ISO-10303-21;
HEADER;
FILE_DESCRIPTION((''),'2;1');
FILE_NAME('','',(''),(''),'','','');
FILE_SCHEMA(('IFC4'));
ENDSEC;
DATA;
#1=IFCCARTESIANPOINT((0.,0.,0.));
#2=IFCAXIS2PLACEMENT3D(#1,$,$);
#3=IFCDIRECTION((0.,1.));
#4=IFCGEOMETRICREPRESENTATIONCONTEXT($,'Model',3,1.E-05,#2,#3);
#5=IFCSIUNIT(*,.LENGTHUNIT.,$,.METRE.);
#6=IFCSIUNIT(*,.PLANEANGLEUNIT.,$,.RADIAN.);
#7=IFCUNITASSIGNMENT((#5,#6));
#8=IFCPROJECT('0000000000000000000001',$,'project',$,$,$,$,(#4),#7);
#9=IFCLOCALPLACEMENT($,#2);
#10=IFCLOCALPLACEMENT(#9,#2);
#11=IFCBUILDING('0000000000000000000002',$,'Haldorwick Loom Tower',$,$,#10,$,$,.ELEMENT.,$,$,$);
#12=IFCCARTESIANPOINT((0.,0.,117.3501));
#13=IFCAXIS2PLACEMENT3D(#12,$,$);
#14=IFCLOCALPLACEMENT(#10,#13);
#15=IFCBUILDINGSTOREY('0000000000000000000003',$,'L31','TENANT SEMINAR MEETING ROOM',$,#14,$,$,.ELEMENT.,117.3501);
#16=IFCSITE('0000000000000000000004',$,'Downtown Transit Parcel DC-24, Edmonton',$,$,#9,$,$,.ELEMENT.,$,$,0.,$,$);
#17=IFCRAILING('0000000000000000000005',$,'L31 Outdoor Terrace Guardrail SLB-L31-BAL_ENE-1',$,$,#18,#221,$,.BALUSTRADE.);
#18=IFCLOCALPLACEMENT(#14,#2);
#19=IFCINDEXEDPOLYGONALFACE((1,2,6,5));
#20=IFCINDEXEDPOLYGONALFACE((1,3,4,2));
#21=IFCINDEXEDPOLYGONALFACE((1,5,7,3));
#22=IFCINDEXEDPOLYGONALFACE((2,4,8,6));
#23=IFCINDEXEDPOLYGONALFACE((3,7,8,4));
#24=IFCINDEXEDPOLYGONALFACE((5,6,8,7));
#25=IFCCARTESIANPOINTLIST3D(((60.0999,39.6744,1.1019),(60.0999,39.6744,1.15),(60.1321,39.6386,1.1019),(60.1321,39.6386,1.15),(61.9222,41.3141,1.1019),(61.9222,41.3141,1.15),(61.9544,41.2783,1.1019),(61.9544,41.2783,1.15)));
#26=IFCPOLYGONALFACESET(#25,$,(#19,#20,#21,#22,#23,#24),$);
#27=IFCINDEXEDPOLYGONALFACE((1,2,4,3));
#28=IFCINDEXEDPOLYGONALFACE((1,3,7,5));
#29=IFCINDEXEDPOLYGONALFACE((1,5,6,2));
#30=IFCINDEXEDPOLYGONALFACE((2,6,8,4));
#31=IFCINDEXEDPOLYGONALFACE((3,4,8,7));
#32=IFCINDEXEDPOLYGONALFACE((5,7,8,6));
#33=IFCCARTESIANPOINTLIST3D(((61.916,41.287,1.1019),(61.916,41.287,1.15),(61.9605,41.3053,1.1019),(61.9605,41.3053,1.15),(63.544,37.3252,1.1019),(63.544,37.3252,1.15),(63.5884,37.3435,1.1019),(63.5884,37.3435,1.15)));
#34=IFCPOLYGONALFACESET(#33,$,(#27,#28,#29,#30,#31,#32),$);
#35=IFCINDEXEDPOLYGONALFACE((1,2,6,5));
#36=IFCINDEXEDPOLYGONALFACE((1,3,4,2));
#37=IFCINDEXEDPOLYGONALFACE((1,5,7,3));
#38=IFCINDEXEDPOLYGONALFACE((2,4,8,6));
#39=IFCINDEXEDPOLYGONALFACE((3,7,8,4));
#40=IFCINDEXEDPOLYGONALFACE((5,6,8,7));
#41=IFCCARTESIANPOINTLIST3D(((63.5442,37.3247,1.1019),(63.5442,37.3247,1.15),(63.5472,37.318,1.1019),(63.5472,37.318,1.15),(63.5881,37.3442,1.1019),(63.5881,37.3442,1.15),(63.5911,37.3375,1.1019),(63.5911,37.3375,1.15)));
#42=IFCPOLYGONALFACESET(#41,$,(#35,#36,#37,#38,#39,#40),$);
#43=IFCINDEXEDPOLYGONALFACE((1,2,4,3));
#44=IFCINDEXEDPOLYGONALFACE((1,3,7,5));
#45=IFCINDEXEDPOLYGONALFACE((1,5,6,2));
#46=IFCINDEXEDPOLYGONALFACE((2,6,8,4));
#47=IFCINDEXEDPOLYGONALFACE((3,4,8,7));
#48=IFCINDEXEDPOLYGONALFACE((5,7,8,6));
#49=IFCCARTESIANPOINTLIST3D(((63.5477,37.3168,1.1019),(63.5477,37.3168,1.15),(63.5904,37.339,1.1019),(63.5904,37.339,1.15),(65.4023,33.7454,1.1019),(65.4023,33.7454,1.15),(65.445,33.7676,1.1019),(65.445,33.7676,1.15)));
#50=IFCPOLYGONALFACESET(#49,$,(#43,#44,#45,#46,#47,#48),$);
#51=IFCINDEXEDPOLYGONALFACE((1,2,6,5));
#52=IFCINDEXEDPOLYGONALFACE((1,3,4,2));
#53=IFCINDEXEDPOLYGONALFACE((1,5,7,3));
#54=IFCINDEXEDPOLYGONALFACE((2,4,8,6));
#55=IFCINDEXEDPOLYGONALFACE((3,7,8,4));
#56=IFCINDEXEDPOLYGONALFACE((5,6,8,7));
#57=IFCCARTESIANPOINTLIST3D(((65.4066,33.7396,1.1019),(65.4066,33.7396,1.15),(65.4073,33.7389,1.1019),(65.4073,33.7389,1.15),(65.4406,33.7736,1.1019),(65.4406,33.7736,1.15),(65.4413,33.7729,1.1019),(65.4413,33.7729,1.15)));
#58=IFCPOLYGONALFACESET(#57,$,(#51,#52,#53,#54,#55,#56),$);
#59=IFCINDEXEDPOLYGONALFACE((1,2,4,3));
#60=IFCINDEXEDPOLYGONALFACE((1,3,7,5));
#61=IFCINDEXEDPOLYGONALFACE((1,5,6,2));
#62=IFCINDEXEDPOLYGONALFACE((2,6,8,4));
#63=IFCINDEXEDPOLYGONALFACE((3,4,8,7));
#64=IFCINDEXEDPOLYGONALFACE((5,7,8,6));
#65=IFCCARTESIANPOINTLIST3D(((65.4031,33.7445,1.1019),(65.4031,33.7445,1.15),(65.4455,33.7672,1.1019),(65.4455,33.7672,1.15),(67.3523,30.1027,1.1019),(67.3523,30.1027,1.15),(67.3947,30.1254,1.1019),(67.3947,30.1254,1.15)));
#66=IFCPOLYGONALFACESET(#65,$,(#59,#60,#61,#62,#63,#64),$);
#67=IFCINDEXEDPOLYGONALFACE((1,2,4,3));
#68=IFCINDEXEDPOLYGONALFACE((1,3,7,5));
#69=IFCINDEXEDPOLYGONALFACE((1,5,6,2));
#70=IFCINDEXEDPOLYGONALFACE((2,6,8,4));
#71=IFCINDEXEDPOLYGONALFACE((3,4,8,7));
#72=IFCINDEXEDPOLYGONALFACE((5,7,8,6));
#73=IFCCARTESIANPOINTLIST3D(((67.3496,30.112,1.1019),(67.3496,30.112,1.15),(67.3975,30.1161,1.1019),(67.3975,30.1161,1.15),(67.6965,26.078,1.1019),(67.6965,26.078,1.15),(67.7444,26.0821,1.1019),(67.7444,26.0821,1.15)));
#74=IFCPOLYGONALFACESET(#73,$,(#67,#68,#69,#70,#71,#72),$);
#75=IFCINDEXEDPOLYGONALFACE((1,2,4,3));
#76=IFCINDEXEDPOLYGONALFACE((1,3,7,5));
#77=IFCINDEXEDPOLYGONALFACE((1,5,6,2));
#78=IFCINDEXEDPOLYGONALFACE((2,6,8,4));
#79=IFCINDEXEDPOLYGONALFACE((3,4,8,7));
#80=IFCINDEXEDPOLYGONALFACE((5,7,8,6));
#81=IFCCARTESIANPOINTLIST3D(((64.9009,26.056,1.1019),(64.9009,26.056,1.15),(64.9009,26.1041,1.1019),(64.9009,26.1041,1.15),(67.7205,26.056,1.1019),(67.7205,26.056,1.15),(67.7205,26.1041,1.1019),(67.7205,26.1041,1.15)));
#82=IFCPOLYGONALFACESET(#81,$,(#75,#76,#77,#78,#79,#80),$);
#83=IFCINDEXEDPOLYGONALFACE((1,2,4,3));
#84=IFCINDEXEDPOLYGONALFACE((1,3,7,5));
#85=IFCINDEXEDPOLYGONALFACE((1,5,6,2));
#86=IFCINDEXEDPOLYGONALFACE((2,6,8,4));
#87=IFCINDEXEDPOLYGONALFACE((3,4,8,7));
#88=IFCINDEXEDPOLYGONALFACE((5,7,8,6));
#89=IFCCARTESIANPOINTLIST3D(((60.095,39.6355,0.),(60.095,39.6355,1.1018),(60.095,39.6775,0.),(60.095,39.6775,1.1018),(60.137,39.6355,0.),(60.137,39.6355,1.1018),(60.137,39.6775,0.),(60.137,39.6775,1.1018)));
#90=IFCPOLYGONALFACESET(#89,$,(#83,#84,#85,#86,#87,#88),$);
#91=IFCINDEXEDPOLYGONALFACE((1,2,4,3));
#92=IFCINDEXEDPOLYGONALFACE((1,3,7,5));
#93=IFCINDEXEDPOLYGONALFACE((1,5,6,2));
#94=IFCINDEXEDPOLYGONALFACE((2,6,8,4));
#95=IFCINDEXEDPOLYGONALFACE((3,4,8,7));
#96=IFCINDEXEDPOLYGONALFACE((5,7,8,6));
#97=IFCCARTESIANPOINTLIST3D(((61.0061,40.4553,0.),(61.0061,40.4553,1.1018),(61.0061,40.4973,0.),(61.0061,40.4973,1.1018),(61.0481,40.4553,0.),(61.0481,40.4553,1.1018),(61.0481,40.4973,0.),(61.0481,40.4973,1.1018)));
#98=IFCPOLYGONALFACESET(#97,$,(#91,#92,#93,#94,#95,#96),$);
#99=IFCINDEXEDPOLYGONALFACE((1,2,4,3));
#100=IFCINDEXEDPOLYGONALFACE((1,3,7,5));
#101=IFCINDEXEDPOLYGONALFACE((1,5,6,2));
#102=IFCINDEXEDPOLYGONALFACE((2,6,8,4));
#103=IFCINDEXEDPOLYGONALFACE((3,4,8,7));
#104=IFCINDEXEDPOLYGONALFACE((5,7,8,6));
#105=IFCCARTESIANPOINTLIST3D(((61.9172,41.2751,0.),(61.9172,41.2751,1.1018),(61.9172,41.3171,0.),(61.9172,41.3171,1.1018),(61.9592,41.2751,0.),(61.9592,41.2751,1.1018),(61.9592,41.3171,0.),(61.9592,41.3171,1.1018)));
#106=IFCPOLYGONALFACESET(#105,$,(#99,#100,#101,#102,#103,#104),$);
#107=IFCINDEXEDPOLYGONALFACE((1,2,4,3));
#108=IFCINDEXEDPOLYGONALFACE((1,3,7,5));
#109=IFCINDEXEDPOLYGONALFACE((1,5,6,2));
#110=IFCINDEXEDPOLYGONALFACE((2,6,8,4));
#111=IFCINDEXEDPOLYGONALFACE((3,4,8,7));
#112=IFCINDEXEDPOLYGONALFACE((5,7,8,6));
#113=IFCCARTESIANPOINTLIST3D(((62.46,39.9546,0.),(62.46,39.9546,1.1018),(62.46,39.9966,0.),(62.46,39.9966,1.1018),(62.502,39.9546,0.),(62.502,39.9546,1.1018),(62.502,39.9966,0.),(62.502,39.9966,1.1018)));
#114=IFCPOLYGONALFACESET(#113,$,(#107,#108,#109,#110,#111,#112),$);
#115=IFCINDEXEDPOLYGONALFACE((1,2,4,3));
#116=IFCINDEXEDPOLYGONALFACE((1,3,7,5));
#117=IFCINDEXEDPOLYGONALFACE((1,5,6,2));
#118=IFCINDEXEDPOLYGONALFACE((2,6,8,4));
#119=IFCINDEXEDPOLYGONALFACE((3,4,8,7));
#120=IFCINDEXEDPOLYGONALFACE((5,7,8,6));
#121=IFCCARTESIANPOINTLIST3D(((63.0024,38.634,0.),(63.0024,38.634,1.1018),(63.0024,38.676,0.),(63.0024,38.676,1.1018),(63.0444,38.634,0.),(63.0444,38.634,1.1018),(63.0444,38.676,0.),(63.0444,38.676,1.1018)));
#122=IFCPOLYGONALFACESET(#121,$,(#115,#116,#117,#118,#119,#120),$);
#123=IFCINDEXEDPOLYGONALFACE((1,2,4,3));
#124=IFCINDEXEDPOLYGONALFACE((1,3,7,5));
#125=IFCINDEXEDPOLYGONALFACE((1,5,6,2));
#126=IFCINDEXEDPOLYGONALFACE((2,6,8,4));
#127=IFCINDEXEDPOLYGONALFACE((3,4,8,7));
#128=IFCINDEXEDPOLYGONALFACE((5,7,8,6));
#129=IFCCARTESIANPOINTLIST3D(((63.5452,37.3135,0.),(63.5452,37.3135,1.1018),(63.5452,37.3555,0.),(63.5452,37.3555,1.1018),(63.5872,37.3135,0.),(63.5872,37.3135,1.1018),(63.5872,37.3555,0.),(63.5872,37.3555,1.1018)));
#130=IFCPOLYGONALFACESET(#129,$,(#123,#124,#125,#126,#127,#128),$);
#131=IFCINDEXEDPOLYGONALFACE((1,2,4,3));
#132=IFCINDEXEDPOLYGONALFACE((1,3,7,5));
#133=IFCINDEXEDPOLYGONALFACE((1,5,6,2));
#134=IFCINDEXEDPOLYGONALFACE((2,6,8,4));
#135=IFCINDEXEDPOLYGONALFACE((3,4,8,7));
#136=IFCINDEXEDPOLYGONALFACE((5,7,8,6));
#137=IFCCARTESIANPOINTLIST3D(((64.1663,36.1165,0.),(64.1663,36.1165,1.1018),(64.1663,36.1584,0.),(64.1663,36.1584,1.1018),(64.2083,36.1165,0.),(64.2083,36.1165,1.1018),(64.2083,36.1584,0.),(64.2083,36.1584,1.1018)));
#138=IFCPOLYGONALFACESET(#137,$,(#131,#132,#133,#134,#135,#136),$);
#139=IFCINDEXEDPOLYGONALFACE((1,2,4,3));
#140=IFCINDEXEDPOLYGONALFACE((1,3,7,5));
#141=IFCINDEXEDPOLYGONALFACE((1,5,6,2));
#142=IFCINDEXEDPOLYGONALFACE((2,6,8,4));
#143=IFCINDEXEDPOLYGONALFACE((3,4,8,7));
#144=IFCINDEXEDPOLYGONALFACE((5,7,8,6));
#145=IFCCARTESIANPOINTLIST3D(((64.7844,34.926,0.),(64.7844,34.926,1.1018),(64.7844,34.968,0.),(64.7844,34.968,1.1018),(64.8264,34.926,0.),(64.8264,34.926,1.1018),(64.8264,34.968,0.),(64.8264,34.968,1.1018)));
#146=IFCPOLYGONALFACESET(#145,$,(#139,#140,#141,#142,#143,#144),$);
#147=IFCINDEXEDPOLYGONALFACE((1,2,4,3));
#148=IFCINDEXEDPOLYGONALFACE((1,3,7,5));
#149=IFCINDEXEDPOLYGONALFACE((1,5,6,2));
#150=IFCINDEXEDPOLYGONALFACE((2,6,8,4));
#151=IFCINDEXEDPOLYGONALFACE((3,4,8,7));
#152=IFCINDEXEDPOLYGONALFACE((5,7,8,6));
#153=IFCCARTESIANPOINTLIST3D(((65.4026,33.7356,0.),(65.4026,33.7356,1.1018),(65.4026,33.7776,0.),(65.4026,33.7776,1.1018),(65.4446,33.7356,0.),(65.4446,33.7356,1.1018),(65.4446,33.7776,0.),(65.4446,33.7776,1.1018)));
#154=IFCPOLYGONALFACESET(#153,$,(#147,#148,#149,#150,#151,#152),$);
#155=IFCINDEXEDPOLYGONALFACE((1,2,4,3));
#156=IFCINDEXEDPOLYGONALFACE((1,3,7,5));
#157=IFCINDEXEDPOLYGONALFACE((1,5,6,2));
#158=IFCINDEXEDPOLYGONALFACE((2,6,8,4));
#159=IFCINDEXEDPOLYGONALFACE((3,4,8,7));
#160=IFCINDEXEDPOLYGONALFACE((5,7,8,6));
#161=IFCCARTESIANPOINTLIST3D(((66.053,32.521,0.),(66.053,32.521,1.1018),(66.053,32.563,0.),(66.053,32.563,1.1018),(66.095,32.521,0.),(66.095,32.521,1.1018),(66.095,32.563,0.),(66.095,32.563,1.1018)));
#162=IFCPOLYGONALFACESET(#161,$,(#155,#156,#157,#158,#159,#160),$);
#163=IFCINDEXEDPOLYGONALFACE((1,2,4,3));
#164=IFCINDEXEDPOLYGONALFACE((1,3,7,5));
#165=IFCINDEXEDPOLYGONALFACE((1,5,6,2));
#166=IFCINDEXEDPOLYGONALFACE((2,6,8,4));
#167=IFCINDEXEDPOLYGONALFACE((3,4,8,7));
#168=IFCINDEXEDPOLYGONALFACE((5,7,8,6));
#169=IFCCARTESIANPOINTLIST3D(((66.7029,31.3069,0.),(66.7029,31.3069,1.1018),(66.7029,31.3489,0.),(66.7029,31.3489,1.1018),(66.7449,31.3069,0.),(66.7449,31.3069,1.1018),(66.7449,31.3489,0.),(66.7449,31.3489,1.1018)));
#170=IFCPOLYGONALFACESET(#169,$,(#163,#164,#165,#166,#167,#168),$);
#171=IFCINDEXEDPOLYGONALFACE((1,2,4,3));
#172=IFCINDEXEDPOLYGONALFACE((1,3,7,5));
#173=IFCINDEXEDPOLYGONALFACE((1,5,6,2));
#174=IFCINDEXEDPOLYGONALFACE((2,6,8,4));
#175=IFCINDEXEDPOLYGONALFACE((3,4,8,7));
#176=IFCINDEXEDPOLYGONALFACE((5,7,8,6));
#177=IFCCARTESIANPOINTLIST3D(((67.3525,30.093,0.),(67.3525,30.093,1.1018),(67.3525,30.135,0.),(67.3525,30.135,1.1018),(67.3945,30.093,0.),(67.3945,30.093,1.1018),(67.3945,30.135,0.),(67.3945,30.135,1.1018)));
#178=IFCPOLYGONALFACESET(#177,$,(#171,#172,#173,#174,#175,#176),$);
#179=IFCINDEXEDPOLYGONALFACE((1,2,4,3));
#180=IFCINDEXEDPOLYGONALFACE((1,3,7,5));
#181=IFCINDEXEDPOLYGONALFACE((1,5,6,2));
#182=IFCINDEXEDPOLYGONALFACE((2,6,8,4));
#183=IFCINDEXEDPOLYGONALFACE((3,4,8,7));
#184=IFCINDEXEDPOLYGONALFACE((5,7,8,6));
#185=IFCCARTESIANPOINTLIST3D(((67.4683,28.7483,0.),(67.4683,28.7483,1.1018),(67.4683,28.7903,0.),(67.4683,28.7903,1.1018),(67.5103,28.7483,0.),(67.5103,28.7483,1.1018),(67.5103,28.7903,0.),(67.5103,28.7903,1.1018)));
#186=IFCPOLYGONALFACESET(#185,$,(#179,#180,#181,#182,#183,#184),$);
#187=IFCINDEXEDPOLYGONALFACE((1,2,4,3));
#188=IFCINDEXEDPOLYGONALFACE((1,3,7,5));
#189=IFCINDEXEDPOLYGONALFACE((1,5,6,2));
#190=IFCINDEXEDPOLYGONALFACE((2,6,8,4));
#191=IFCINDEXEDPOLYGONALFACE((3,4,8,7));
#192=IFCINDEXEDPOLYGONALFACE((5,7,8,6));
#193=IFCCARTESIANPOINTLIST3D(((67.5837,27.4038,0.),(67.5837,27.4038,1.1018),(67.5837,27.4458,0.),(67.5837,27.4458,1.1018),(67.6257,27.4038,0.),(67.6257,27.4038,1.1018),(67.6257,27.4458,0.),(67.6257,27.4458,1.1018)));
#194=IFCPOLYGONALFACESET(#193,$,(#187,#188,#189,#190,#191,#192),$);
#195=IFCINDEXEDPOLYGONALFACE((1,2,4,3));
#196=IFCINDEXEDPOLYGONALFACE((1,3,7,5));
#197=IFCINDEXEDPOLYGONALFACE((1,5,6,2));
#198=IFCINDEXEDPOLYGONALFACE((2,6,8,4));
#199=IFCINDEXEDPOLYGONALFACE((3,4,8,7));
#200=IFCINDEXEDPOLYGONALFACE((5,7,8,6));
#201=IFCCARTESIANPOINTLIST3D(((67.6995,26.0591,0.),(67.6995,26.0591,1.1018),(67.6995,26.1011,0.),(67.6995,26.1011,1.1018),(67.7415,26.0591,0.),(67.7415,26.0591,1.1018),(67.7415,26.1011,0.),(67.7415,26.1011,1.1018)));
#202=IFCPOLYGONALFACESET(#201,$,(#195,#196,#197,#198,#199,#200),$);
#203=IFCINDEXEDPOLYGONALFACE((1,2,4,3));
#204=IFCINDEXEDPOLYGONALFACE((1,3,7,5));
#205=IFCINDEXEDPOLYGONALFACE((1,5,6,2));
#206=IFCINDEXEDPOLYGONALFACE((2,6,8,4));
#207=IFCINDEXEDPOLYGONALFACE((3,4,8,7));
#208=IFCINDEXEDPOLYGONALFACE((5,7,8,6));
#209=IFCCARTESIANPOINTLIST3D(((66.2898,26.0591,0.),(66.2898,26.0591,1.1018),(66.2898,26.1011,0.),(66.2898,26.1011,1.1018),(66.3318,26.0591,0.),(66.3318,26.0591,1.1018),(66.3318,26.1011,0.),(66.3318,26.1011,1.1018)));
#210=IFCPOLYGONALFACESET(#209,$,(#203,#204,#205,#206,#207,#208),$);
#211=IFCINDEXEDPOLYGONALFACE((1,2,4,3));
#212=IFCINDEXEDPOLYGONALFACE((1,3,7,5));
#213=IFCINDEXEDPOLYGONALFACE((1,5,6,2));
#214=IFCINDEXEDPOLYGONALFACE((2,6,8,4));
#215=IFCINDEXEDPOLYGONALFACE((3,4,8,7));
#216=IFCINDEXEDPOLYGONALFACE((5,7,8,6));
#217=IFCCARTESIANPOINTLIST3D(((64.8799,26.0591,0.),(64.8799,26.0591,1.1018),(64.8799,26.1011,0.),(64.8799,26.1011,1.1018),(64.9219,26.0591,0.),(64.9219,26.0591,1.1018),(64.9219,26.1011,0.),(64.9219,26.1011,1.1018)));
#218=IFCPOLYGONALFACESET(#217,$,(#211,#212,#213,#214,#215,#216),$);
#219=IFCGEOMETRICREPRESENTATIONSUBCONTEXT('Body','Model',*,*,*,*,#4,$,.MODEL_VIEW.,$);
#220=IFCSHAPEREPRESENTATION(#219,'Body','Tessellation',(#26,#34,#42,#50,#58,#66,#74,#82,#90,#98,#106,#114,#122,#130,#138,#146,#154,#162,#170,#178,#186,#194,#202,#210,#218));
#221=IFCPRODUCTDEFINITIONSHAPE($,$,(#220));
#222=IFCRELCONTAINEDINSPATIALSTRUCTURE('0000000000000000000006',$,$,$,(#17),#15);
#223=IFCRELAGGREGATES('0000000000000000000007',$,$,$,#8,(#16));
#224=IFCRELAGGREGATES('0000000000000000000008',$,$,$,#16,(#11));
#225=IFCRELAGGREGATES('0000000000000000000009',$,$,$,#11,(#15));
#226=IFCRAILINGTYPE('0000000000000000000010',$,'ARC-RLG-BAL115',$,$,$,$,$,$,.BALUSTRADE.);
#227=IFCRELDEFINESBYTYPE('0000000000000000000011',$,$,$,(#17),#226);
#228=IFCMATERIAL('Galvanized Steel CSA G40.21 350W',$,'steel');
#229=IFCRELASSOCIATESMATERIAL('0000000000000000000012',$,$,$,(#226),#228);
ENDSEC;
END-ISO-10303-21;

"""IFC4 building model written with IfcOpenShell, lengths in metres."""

from ifc_helpers import new_model, si_unit, direction, frame, origin, origin_2d, place, context, subcontext, project, spatial, rectangle, extrude, material, type_object, element, save


model = new_model("IFC4")

# Units and contexts
model_context = context("Model", 3, precision=1e-05, world=origin(), true_north=direction((0.0, 1.0)))
body_context = subcontext(model_context, "Body", "Model", "MODEL_VIEW")
ifc_project = project(units=[si_unit("LENGTHUNIT", "METRE"), si_unit("PLANEANGLEUNIT", "RADIAN")], contexts=[model_context])

# Site, building, storey
site_placement = place(None, origin())
site = spatial("IfcSite", under=ifc_project, at=site_placement, Name="Downtown Transit Parcel DC-24, Edmonton", CompositionType="ELEMENT", RefElevation=0.0)
building_placement = place(site_placement, origin())
building = spatial("IfcBuilding", under=site, at=building_placement, Name="Haldorwick Loom Tower", CompositionType="ELEMENT")
storey_placement = place(building_placement, frame((0.0, 0.0, 117.3501)))
storey = spatial("IfcBuildingStorey", under=building, at=storey_placement, Name="L31", Description="TENANT SEMINAR MEETING ROOM", CompositionType="ELEMENT", Elevation=117.3501)

# Railing
ifc_material_1 = material(Name="Galvanized Steel CSA G40.21 350W", Category="steel")
railing_type_1 = type_object("IfcRailingType", Name="ARC-RLG-BAL115", PredefinedType="BALUSTRADE", material=ifc_material_1)
railing_1_placement = place(storey_placement, frame((60.116, 39.6565, 0.0)))
element("IfcRailing", 1, at=railing_1_placement, inside=storey, type_object=railing_type_1, Name="L31 Outdoor Terrace Guardrail SLB-L31-BAL_ENE-1", PredefinedType="BALUSTRADE", context=body_context, shape_type="SweptSolid", body=[
    extrude(rectangle(XDim=0.0481, YDim=0.0481, at=origin_2d()), frame((0.0, 0.0, 1.126), z_axis=(0.743373, 0.668877, 0.0), x_axis=(-0.668877, 0.743373, 0.0)), (0.0, 0.0, 1.0), 2.4514),
    extrude(rectangle(XDim=0.0481, YDim=0.0481, at=origin_2d()), frame((1.8223, 1.6396, 1.126), z_axis=(0.380082, -0.924953, 0.0), x_axis=(0.924953, 0.380082, 0.0)), (0.0, 0.0, 1.0), 4.2832),
    extrude(rectangle(XDim=0.0481, YDim=0.0481, at=origin_2d()), frame((3.4502, -2.322, 1.126), z_axis=(0.406138, -0.913812, 0.0), x_axis=(0.913812, 0.406138, 0.0)), (0.0, 0.0, 1.0), 0.0073),
    extrude(rectangle(XDim=0.0481, YDim=0.0481, at=origin_2d()), frame((3.4531, -2.3286, 1.126), z_axis=(0.460848, -0.887479, 0.0), x_axis=(0.887479, 0.460848, 0.0)), (0.0, 0.0, 1.0), 4.0242),
    extrude(rectangle(XDim=0.0481, YDim=0.0481, at=origin_2d()), frame((5.3076, -5.8999, 1.126), z_axis=(0.707107, -0.707107, 0.0), x_axis=(0.707107, 0.707107, 0.0)), (0.0, 0.0, 1.0), 0.001),
    extrude(rectangle(XDim=0.0481, YDim=0.0481, at=origin_2d()), frame((5.3083, -5.9006, 1.126), z_axis=(0.471888, -0.881658, 0.0), x_axis=(0.881658, 0.471888, 0.0)), (0.0, 0.0, 1.0), 4.1306),
    extrude(rectangle(XDim=0.0481, YDim=0.0481, at=origin_2d()), frame((7.2576, -9.5425, 1.126), z_axis=(0.085685, -0.996322, 0.0), x_axis=(0.996322, 0.085685, 0.0)), (0.0, 0.0, 1.0), 4.0488),
    extrude(rectangle(XDim=0.0481, YDim=0.0481, at=origin_2d()), frame((7.6045, -13.5764, 1.126), z_axis=(-1.0, 0.0, 0.0), x_axis=(0.0, -1.0, 0.0)), (0.0, 0.0, 1.0), 2.8196),
    extrude(rectangle(XDim=0.042, YDim=0.042, at=origin_2d()), origin(), (0.0, 0.0, 1.0), 1.1018),
    extrude(rectangle(XDim=0.042, YDim=0.042, at=origin_2d()), frame((0.9111, 0.8198, 0.0)), (0.0, 0.0, 1.0), 1.1018),
    extrude(rectangle(XDim=0.042, YDim=0.042, at=origin_2d()), frame((1.8223, 1.6396, 0.0)), (0.0, 0.0, 1.0), 1.1018),
    extrude(rectangle(XDim=0.042, YDim=0.042, at=origin_2d()), frame((2.365, 0.3191, 0.0)), (0.0, 0.0, 1.0), 1.1018),
    extrude(rectangle(XDim=0.042, YDim=0.042, at=origin_2d()), frame((2.9075, -1.0015, 0.0)), (0.0, 0.0, 1.0), 1.1018),
    extrude(rectangle(XDim=0.042, YDim=0.042, at=origin_2d()), frame((3.4502, -2.322, 0.0)), (0.0, 0.0, 1.0), 1.1018),
    extrude(rectangle(XDim=0.042, YDim=0.042, at=origin_2d()), frame((4.0713, -3.519, 0.0)), (0.0, 0.0, 1.0), 1.1018),
    extrude(rectangle(XDim=0.042, YDim=0.042, at=origin_2d()), frame((4.6895, -4.7095, 0.0)), (0.0, 0.0, 1.0), 1.1018),
    extrude(rectangle(XDim=0.042, YDim=0.042, at=origin_2d()), frame((5.3076, -5.8999, 0.0)), (0.0, 0.0, 1.0), 1.1018),
    extrude(rectangle(XDim=0.042, YDim=0.042, at=origin_2d()), frame((5.958, -7.1145, 0.0)), (0.0, 0.0, 1.0), 1.1018),
    extrude(rectangle(XDim=0.042, YDim=0.042, at=origin_2d()), frame((6.6079, -8.3286, 0.0)), (0.0, 0.0, 1.0), 1.1018),
    extrude(rectangle(XDim=0.042, YDim=0.042, at=origin_2d()), frame((7.2576, -9.5425, 0.0)), (0.0, 0.0, 1.0), 1.1018),
    extrude(rectangle(XDim=0.042, YDim=0.042, at=origin_2d()), frame((7.3733, -10.8872, 0.0)), (0.0, 0.0, 1.0), 1.1018),
    extrude(rectangle(XDim=0.042, YDim=0.042, at=origin_2d()), frame((7.4888, -12.2317, 0.0)), (0.0, 0.0, 1.0), 1.1018),
    extrude(rectangle(XDim=0.042, YDim=0.042, at=origin_2d()), frame((7.6045, -13.5764, 0.0)), (0.0, 0.0, 1.0), 1.1018),
    extrude(rectangle(XDim=0.042, YDim=0.042, at=origin_2d()), frame((6.1948, -13.5764, 0.0)), (0.0, 0.0, 1.0), 1.1018),
    extrude(rectangle(XDim=0.042, YDim=0.042, at=origin_2d()), frame((4.7849, -13.5764, 0.0)), (0.0, 0.0, 1.0), 1.1018),
])

save(model, "model.ifc")
